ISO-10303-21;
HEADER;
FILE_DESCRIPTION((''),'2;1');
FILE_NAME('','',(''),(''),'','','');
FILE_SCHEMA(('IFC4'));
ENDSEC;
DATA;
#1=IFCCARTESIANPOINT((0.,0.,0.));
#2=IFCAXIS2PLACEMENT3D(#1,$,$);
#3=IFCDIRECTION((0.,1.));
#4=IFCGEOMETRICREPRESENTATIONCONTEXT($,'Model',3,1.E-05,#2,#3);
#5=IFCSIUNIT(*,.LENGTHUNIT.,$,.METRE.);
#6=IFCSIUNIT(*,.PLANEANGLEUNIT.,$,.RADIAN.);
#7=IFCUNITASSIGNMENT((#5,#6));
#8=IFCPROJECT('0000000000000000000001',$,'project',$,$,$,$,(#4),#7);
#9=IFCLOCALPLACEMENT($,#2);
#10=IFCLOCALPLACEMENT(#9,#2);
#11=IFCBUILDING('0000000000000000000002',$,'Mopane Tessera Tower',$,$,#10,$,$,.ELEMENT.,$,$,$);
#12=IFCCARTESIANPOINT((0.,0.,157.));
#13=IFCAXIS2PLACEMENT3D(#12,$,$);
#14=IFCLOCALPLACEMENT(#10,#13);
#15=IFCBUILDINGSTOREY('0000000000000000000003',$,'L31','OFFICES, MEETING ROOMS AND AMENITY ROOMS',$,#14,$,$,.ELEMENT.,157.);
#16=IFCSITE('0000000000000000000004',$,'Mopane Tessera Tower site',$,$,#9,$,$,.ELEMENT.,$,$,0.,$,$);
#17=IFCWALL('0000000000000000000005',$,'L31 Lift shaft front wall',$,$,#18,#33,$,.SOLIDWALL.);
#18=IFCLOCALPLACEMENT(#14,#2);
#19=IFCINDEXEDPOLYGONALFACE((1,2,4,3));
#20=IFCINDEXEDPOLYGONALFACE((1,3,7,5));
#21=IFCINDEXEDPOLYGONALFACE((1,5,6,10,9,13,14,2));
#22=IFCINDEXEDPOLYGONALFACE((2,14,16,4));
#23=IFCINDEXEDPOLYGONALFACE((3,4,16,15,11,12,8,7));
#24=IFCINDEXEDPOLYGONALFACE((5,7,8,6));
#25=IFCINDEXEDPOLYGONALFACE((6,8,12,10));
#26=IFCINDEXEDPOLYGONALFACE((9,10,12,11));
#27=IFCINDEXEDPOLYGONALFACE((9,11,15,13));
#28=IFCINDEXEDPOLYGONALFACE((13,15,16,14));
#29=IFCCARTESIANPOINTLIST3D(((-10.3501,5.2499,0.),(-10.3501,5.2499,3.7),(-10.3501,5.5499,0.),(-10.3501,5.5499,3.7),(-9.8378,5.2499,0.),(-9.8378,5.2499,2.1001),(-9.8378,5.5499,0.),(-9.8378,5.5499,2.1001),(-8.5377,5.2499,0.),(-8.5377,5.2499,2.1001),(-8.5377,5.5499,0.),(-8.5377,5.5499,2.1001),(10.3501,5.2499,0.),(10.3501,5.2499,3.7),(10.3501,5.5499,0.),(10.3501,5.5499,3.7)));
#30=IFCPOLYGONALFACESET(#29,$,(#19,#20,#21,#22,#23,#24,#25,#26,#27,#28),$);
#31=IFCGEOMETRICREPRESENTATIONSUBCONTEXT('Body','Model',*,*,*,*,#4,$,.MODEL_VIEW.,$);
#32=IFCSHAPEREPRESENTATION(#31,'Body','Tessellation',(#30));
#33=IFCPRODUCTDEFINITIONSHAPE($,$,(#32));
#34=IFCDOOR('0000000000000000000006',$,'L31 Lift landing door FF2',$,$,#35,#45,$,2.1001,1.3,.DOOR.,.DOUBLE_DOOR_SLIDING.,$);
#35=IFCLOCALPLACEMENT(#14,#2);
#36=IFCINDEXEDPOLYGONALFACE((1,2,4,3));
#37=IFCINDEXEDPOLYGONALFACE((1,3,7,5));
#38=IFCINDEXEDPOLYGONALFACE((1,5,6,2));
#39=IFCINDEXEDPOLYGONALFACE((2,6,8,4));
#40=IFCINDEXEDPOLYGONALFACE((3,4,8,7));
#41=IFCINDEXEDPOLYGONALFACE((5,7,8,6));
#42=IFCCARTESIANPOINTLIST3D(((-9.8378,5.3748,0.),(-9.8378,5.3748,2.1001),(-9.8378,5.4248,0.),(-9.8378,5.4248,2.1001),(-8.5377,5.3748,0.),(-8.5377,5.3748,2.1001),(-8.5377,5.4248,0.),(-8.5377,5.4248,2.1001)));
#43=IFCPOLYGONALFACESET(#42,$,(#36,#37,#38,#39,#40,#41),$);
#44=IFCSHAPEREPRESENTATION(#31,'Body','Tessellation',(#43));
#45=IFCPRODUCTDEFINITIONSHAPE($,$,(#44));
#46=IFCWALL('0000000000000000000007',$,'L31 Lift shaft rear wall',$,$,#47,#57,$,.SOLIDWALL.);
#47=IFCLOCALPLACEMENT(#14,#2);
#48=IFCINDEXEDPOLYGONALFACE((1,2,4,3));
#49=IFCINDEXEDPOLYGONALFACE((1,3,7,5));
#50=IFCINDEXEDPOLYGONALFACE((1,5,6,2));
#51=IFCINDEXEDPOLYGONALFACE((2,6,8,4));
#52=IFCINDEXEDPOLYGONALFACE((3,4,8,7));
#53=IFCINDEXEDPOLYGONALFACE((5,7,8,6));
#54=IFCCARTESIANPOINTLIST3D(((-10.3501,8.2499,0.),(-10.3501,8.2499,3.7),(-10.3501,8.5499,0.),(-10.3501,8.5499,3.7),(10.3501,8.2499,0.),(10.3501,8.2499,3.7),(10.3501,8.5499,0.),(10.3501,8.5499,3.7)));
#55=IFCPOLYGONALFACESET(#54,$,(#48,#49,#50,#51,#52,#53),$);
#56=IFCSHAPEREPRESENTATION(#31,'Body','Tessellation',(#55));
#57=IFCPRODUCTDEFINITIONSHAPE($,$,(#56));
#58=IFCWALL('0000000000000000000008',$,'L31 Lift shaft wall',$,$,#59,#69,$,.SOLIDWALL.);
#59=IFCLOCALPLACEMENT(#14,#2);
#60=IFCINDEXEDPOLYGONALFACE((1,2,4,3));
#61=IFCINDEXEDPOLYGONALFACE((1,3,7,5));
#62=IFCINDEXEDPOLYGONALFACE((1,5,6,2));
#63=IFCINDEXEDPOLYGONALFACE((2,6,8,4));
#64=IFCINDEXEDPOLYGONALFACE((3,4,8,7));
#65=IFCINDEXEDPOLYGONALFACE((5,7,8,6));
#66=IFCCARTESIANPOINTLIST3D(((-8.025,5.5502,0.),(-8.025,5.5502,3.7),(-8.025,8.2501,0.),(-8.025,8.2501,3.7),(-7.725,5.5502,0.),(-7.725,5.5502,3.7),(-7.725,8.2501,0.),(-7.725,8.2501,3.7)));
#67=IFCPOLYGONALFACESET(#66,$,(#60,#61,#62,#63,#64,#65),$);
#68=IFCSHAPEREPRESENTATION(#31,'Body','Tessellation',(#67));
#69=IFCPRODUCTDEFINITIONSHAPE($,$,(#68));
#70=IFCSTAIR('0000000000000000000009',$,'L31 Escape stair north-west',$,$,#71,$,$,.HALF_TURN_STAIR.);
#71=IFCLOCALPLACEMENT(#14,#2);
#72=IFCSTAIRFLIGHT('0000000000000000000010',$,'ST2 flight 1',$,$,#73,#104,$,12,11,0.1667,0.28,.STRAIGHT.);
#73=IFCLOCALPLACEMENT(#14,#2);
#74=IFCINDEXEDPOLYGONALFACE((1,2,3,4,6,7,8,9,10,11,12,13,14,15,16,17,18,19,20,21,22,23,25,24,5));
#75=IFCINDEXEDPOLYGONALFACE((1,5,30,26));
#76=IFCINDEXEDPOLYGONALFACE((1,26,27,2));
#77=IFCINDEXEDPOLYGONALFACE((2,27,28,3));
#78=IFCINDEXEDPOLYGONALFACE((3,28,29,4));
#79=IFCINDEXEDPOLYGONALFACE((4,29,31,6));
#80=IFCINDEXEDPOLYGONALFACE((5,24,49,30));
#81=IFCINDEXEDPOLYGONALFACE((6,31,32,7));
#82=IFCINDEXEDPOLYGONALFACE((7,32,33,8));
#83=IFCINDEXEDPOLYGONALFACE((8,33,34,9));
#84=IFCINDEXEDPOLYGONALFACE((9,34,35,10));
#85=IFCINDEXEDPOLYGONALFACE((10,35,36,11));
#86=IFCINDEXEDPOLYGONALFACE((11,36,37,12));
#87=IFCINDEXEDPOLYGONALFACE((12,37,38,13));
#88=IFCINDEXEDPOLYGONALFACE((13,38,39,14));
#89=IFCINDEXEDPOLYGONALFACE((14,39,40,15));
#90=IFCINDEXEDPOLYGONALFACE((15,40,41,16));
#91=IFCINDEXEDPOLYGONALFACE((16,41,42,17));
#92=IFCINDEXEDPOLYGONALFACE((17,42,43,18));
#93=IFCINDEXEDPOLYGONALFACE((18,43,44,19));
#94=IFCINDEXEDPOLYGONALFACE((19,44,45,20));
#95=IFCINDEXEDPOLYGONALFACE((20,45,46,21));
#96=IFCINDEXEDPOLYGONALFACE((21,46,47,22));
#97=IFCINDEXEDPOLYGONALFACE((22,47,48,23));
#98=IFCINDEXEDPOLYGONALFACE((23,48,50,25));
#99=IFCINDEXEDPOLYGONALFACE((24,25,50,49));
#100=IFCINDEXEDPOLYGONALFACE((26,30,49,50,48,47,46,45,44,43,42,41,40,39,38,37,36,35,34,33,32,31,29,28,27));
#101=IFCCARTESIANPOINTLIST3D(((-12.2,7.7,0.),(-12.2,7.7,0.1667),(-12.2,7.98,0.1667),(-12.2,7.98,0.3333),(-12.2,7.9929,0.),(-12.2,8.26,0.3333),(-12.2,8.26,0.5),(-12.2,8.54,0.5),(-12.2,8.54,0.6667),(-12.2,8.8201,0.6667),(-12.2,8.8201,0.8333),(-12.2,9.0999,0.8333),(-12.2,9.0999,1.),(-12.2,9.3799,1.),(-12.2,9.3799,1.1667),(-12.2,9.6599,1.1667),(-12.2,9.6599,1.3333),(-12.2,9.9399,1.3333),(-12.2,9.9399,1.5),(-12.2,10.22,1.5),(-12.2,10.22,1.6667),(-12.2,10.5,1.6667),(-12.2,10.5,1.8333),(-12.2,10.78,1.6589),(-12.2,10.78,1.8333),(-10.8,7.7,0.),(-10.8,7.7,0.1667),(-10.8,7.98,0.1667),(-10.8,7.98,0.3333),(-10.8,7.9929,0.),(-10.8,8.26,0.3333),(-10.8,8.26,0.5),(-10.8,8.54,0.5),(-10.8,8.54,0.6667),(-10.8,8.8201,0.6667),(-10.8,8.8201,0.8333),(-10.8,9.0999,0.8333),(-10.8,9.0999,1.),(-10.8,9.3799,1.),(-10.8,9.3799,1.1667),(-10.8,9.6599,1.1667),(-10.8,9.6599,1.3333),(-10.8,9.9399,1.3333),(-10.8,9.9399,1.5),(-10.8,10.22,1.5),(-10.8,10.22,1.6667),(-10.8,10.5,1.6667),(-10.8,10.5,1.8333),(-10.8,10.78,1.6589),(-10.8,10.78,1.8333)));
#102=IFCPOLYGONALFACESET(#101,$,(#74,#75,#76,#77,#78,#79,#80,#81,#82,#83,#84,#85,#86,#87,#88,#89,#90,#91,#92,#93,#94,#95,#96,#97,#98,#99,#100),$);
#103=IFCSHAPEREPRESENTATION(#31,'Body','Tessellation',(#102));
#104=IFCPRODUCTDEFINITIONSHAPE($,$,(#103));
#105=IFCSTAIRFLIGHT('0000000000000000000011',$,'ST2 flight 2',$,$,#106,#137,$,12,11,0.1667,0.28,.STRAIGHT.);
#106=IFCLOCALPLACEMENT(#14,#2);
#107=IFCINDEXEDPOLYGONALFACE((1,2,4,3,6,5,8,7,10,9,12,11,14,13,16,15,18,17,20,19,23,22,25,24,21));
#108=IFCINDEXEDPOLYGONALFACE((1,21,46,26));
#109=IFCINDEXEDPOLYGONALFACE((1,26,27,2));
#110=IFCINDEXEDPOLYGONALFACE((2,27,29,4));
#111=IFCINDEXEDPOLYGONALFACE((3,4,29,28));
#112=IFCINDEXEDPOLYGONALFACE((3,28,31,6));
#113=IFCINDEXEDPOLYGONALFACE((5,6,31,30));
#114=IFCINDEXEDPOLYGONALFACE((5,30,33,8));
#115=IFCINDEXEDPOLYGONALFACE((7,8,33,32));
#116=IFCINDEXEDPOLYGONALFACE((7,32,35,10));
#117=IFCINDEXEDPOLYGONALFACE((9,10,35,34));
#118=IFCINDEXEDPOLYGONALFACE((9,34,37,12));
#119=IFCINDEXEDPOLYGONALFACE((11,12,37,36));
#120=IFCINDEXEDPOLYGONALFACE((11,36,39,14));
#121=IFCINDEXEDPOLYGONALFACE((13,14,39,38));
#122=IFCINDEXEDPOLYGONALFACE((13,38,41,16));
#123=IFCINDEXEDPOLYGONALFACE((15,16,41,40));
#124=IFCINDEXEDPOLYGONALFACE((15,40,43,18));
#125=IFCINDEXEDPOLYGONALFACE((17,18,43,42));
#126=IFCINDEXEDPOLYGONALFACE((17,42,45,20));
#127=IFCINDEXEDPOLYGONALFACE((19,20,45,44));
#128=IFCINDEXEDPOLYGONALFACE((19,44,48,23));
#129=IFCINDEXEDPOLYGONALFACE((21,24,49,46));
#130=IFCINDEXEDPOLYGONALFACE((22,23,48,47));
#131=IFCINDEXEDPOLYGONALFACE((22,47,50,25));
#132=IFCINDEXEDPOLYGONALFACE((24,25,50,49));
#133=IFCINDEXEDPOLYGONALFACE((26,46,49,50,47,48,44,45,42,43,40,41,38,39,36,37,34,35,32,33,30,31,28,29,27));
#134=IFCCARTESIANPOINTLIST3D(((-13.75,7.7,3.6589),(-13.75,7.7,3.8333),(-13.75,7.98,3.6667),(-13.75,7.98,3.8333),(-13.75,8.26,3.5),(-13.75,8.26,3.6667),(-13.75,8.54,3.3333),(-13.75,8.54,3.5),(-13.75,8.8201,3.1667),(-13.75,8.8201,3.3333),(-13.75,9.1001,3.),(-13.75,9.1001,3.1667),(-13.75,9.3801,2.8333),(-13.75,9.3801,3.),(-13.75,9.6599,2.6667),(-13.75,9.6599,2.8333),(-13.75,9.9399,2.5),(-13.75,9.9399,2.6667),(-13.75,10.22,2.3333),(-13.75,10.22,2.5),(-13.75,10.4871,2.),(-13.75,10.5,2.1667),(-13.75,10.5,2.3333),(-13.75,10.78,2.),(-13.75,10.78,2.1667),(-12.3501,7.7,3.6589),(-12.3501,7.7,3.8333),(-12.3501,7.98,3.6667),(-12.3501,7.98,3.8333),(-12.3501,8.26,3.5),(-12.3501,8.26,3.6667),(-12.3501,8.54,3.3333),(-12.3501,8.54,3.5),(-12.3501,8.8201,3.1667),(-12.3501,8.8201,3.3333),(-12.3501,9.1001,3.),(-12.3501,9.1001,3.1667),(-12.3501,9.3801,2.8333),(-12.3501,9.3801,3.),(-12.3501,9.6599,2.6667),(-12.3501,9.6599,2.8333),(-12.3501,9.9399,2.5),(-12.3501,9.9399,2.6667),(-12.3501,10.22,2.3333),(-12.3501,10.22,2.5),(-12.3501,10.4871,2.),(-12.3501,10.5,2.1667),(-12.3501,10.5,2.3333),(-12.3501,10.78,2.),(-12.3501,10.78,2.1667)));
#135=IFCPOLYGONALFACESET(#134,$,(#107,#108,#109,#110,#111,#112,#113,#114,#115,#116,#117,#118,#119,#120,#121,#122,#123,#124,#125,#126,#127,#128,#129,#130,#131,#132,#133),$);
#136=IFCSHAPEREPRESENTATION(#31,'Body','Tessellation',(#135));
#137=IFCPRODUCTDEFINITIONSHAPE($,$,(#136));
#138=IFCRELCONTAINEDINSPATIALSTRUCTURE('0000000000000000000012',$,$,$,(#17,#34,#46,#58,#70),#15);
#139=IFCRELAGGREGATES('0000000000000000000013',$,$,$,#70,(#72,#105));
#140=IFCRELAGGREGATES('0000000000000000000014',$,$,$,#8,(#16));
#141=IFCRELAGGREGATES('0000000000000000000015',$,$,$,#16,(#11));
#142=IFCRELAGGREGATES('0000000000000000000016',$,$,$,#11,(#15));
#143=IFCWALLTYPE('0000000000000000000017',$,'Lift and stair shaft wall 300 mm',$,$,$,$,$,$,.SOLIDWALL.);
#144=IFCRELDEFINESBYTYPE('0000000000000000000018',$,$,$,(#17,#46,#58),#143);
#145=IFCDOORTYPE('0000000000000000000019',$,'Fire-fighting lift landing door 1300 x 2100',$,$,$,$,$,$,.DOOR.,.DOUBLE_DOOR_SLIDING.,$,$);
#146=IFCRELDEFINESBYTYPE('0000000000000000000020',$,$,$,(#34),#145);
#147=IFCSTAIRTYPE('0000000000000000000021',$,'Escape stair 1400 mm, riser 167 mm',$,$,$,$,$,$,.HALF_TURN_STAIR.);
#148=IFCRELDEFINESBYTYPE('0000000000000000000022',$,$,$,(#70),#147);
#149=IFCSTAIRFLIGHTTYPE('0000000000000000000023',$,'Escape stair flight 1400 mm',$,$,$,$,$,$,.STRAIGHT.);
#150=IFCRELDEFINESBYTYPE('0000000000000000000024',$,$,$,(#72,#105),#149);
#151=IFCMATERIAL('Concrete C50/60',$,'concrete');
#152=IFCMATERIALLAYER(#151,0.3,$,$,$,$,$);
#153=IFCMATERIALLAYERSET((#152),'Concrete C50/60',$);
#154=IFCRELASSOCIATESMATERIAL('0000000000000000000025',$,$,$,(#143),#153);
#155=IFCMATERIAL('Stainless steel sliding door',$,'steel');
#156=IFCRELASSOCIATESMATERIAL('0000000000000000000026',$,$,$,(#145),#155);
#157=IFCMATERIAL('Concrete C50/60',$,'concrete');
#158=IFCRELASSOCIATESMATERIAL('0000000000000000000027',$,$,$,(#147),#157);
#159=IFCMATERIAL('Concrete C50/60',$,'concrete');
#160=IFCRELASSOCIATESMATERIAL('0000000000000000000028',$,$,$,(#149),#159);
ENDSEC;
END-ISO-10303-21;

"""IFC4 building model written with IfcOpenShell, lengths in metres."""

from ifc_helpers import new_model, si_unit, direction, frame, frame_2d, origin, place, context, subcontext, project, spatial, polyline, rectangle, outline, extrude, material, layer, layer_set, type_object, element, fill, aggregate, save


model = new_model("IFC4")

# Units and contexts
model_context = context("Model", 3, precision=1e-05, world=origin(), true_north=direction((0.0, 1.0)))
body_context = subcontext(model_context, "Body", "Model", "MODEL_VIEW")
ifc_project = project(units=[si_unit("LENGTHUNIT", "METRE"), si_unit("PLANEANGLEUNIT", "RADIAN")], contexts=[model_context])

# Site, building, storey
site_placement = place(None, origin())
site = spatial("IfcSite", under=ifc_project, at=site_placement, Name="Mopane Tessera Tower site", CompositionType="ELEMENT", RefElevation=0.0)
building_placement = place(site_placement, origin())
building = spatial("IfcBuilding", under=site, at=building_placement, Name="Mopane Tessera Tower", CompositionType="ELEMENT")
storey_placement = place(building_placement, frame((0.0, 0.0, 157.0)))
storey = spatial("IfcBuildingStorey", under=building, at=storey_placement, Name="L31", Description="OFFICES, MEETING ROOMS AND AMENITY ROOMS", CompositionType="ELEMENT", Elevation=157.0)

# Shared definitions
ifc_material_1 = material(Name="Concrete C50/60", Category="concrete")
ifc_layer_1 = layer(ifc_material_1, 0.3)
ifc_layer_set_1 = layer_set([ifc_layer_1], Name="Concrete C50/60")
wall_type_1 = type_object("IfcWallType", Name="Lift and stair shaft wall 300 mm", PredefinedType="SOLIDWALL", material=ifc_layer_set_1)
ifc_material_2 = material(Name="Stainless steel sliding door", Category="steel")
door_type_1 = type_object("IfcDoorType", Name="Fire-fighting lift landing door 1300 x 2100", OperationType="DOUBLE_DOOR_SLIDING", PredefinedType="DOOR", material=ifc_material_2)

# Wall, opening, door
wall_1_placement = place(storey_placement, frame((-10.3501, 5.3999, 0.0), z_axis=(0.0, 0.0, 1.0), x_axis=(1.0, 0.0, 0.0)))
wall_1 = element("IfcWall", 1, at=wall_1_placement, inside=storey, type_object=wall_type_1, Name="L31 Lift shaft front wall", PredefinedType="SOLIDWALL", context=body_context, shape_type="SweptSolid", body=[
    extrude(rectangle(XDim=20.7002, YDim=0.3, at=frame_2d((10.3501, 0.0))), origin(), (0.0, 0.0, 1.0), 3.7),
])
opening_1_placement = place(wall_1_placement, frame((0.5125, 0.0, 0.0)))
opening_1 = element("IfcOpeningElement", 2, at=opening_1_placement, cuts=wall_1, PredefinedType="OPENING", context=body_context, shape_type="SweptSolid", body=[
    extrude(rectangle(XDim=1.3, YDim=2.1001, at=frame_2d((0.6499, 1.05))), frame((0.0, 0.1621, 0.0), z_axis=(0.0, -1.0, 0.0), x_axis=(1.0, 0.0, 0.0)), (0.0, 0.0, 1.0), 0.324),
])
door_1_placement = place(opening_1_placement, origin())
door_1 = element("IfcDoor", 3, at=door_1_placement, inside=storey, type_object=door_type_1, Name="L31 Lift landing door FF2", OperationType="DOUBLE_DOOR_SLIDING", OverallHeight=2.1001, OverallWidth=1.3, PredefinedType="DOOR", context=body_context, shape_type="SweptSolid", body=[
    extrude(rectangle(XDim=1.3, YDim=2.1001, at=frame_2d((0.6499, 1.05))), frame((0.0, 0.0249, 0.0), z_axis=(0.0, -1.0, 0.0), x_axis=(1.0, 0.0, 0.0)), (0.0, 0.0, 1.0), 0.05),
])
fill(opening_1, door_1)

# Walls
wall_2_placement = place(storey_placement, frame((-10.3501, 8.3999, 0.0), z_axis=(0.0, 0.0, 1.0), x_axis=(1.0, 0.0, 0.0)))
element("IfcWall", 4, at=wall_2_placement, inside=storey, type_object=wall_type_1, Name="L31 Lift shaft rear wall", PredefinedType="SOLIDWALL", context=body_context, shape_type="SweptSolid", body=[
    extrude(rectangle(XDim=20.7002, YDim=0.3, at=frame_2d((10.3501, 0.0))), origin(), (0.0, 0.0, 1.0), 3.7),
])
wall_3_placement = place(storey_placement, frame((-7.875, 5.55, 0.0), z_axis=(0.0, 0.0, 1.0), x_axis=(0.0, 1.0, 0.0)))
element("IfcWall", 5, at=wall_3_placement, inside=storey, type_object=wall_type_1, Name="L31 Lift shaft wall", PredefinedType="SOLIDWALL", context=body_context, shape_type="SweptSolid", body=[
    extrude(rectangle(XDim=2.7, YDim=0.3, at=frame_2d((1.3501, 0.0))), origin(), (0.0, 0.0, 1.0), 3.7),
])

# Stair, stair flights
ifc_material_3 = material(Name="Concrete C50/60", Category="concrete")
stair_type = type_object("IfcStairType", Name="Escape stair 1400 mm, riser 167 mm", PredefinedType="HALF_TURN_STAIR", material=ifc_material_3)
stair_placement = place(storey_placement, origin())
stair = element("IfcStair", 6, at=stair_placement, inside=storey, type_object=stair_type, Name="L31 Escape stair north-west", PredefinedType="HALF_TURN_STAIR")
ifc_material_4 = material(Name="Concrete C50/60", Category="concrete")
stair_flight_type = type_object("IfcStairFlightType", Name="Escape stair flight 1400 mm", PredefinedType="STRAIGHT", material=ifc_material_4)
stair_flight_1_placement = place(storey_placement, frame((-11.5, 7.7, 0.0), z_axis=(0.0, 0.0, 1.0), x_axis=(0.0, 1.0, 0.0)))
stair_flight_1 = element("IfcStairFlight", 7, at=stair_flight_1_placement, type_object=stair_flight_type, Name="ST2 flight 1", NumberOfRisers=12, NumberOfTreads=11, PredefinedType="STRAIGHT", RiserHeight=0.1667, TreadLength=0.28, context=body_context, shape_type="SweptSolid", body=[
    extrude(outline(polyline([(0.0, 0.0), (0.0, 0.1667), (0.28, 0.1667), (0.28, 0.3333), (0.5601, 0.3333), (0.5601, 0.5), (0.8401, 0.5), (0.8401, 0.6667), (1.1201, 0.6667), (1.1201, 0.8333), (1.3999, 0.8333), (1.3999, 1.0), (1.6799, 1.0), (1.6799, 1.1667), (1.96, 1.1667), (1.96, 1.3333), (2.24, 1.3333), (2.24, 1.5), (2.52, 1.5), (2.52, 1.6667), (2.8, 1.6667), (2.8, 1.8333), (3.0801, 1.8333), (3.0801, 2.0), (3.0801, 1.6589), (0.293, 0.0), (0.0, 0.0)])), frame((0.0, 0.7, 0.0), z_axis=(0.0, -1.0, 0.0), x_axis=(1.0, 0.0, 0.0)), (0.0, 0.0, 1.0), 1.3999),
])
stair_flight_2_placement = place(storey_placement, frame((-13.05, 10.78, 2.0), z_axis=(0.0, 0.0, 1.0), x_axis=(0.0, -1.0, 0.0)))
stair_flight_2 = element("IfcStairFlight", 8, at=stair_flight_2_placement, type_object=stair_flight_type, Name="ST2 flight 2", NumberOfRisers=12, NumberOfTreads=11, PredefinedType="STRAIGHT", RiserHeight=0.1667, TreadLength=0.28, context=body_context, shape_type="SweptSolid", body=[
    extrude(outline(polyline([(0.0, 0.0), (0.0, 0.1667), (0.28, 0.1667), (0.28, 0.3333), (0.5601, 0.3333), (0.5601, 0.5), (0.8401, 0.5), (0.8401, 0.6667), (1.1201, 0.6667), (1.1201, 0.8333), (1.3999, 0.8333), (1.3999, 1.0), (1.6799, 1.0), (1.6799, 1.1667), (1.96, 1.1667), (1.96, 1.3333), (2.24, 1.3333), (2.24, 1.5), (2.52, 1.5), (2.52, 1.6667), (2.8, 1.6667), (2.8, 1.8333), (3.0801, 1.8333), (3.0801, 2.0), (3.0801, 1.6589), (0.293, 0.0), (0.0, 0.0)])), frame((0.0, 0.7, 0.0), z_axis=(0.0, -1.0, 0.0), x_axis=(1.0, 0.0, 0.0)), (0.0, 0.0, 1.0), 1.3999),
])
aggregate(stair, [stair_flight_1, stair_flight_2])

save(model, "model.ifc")
